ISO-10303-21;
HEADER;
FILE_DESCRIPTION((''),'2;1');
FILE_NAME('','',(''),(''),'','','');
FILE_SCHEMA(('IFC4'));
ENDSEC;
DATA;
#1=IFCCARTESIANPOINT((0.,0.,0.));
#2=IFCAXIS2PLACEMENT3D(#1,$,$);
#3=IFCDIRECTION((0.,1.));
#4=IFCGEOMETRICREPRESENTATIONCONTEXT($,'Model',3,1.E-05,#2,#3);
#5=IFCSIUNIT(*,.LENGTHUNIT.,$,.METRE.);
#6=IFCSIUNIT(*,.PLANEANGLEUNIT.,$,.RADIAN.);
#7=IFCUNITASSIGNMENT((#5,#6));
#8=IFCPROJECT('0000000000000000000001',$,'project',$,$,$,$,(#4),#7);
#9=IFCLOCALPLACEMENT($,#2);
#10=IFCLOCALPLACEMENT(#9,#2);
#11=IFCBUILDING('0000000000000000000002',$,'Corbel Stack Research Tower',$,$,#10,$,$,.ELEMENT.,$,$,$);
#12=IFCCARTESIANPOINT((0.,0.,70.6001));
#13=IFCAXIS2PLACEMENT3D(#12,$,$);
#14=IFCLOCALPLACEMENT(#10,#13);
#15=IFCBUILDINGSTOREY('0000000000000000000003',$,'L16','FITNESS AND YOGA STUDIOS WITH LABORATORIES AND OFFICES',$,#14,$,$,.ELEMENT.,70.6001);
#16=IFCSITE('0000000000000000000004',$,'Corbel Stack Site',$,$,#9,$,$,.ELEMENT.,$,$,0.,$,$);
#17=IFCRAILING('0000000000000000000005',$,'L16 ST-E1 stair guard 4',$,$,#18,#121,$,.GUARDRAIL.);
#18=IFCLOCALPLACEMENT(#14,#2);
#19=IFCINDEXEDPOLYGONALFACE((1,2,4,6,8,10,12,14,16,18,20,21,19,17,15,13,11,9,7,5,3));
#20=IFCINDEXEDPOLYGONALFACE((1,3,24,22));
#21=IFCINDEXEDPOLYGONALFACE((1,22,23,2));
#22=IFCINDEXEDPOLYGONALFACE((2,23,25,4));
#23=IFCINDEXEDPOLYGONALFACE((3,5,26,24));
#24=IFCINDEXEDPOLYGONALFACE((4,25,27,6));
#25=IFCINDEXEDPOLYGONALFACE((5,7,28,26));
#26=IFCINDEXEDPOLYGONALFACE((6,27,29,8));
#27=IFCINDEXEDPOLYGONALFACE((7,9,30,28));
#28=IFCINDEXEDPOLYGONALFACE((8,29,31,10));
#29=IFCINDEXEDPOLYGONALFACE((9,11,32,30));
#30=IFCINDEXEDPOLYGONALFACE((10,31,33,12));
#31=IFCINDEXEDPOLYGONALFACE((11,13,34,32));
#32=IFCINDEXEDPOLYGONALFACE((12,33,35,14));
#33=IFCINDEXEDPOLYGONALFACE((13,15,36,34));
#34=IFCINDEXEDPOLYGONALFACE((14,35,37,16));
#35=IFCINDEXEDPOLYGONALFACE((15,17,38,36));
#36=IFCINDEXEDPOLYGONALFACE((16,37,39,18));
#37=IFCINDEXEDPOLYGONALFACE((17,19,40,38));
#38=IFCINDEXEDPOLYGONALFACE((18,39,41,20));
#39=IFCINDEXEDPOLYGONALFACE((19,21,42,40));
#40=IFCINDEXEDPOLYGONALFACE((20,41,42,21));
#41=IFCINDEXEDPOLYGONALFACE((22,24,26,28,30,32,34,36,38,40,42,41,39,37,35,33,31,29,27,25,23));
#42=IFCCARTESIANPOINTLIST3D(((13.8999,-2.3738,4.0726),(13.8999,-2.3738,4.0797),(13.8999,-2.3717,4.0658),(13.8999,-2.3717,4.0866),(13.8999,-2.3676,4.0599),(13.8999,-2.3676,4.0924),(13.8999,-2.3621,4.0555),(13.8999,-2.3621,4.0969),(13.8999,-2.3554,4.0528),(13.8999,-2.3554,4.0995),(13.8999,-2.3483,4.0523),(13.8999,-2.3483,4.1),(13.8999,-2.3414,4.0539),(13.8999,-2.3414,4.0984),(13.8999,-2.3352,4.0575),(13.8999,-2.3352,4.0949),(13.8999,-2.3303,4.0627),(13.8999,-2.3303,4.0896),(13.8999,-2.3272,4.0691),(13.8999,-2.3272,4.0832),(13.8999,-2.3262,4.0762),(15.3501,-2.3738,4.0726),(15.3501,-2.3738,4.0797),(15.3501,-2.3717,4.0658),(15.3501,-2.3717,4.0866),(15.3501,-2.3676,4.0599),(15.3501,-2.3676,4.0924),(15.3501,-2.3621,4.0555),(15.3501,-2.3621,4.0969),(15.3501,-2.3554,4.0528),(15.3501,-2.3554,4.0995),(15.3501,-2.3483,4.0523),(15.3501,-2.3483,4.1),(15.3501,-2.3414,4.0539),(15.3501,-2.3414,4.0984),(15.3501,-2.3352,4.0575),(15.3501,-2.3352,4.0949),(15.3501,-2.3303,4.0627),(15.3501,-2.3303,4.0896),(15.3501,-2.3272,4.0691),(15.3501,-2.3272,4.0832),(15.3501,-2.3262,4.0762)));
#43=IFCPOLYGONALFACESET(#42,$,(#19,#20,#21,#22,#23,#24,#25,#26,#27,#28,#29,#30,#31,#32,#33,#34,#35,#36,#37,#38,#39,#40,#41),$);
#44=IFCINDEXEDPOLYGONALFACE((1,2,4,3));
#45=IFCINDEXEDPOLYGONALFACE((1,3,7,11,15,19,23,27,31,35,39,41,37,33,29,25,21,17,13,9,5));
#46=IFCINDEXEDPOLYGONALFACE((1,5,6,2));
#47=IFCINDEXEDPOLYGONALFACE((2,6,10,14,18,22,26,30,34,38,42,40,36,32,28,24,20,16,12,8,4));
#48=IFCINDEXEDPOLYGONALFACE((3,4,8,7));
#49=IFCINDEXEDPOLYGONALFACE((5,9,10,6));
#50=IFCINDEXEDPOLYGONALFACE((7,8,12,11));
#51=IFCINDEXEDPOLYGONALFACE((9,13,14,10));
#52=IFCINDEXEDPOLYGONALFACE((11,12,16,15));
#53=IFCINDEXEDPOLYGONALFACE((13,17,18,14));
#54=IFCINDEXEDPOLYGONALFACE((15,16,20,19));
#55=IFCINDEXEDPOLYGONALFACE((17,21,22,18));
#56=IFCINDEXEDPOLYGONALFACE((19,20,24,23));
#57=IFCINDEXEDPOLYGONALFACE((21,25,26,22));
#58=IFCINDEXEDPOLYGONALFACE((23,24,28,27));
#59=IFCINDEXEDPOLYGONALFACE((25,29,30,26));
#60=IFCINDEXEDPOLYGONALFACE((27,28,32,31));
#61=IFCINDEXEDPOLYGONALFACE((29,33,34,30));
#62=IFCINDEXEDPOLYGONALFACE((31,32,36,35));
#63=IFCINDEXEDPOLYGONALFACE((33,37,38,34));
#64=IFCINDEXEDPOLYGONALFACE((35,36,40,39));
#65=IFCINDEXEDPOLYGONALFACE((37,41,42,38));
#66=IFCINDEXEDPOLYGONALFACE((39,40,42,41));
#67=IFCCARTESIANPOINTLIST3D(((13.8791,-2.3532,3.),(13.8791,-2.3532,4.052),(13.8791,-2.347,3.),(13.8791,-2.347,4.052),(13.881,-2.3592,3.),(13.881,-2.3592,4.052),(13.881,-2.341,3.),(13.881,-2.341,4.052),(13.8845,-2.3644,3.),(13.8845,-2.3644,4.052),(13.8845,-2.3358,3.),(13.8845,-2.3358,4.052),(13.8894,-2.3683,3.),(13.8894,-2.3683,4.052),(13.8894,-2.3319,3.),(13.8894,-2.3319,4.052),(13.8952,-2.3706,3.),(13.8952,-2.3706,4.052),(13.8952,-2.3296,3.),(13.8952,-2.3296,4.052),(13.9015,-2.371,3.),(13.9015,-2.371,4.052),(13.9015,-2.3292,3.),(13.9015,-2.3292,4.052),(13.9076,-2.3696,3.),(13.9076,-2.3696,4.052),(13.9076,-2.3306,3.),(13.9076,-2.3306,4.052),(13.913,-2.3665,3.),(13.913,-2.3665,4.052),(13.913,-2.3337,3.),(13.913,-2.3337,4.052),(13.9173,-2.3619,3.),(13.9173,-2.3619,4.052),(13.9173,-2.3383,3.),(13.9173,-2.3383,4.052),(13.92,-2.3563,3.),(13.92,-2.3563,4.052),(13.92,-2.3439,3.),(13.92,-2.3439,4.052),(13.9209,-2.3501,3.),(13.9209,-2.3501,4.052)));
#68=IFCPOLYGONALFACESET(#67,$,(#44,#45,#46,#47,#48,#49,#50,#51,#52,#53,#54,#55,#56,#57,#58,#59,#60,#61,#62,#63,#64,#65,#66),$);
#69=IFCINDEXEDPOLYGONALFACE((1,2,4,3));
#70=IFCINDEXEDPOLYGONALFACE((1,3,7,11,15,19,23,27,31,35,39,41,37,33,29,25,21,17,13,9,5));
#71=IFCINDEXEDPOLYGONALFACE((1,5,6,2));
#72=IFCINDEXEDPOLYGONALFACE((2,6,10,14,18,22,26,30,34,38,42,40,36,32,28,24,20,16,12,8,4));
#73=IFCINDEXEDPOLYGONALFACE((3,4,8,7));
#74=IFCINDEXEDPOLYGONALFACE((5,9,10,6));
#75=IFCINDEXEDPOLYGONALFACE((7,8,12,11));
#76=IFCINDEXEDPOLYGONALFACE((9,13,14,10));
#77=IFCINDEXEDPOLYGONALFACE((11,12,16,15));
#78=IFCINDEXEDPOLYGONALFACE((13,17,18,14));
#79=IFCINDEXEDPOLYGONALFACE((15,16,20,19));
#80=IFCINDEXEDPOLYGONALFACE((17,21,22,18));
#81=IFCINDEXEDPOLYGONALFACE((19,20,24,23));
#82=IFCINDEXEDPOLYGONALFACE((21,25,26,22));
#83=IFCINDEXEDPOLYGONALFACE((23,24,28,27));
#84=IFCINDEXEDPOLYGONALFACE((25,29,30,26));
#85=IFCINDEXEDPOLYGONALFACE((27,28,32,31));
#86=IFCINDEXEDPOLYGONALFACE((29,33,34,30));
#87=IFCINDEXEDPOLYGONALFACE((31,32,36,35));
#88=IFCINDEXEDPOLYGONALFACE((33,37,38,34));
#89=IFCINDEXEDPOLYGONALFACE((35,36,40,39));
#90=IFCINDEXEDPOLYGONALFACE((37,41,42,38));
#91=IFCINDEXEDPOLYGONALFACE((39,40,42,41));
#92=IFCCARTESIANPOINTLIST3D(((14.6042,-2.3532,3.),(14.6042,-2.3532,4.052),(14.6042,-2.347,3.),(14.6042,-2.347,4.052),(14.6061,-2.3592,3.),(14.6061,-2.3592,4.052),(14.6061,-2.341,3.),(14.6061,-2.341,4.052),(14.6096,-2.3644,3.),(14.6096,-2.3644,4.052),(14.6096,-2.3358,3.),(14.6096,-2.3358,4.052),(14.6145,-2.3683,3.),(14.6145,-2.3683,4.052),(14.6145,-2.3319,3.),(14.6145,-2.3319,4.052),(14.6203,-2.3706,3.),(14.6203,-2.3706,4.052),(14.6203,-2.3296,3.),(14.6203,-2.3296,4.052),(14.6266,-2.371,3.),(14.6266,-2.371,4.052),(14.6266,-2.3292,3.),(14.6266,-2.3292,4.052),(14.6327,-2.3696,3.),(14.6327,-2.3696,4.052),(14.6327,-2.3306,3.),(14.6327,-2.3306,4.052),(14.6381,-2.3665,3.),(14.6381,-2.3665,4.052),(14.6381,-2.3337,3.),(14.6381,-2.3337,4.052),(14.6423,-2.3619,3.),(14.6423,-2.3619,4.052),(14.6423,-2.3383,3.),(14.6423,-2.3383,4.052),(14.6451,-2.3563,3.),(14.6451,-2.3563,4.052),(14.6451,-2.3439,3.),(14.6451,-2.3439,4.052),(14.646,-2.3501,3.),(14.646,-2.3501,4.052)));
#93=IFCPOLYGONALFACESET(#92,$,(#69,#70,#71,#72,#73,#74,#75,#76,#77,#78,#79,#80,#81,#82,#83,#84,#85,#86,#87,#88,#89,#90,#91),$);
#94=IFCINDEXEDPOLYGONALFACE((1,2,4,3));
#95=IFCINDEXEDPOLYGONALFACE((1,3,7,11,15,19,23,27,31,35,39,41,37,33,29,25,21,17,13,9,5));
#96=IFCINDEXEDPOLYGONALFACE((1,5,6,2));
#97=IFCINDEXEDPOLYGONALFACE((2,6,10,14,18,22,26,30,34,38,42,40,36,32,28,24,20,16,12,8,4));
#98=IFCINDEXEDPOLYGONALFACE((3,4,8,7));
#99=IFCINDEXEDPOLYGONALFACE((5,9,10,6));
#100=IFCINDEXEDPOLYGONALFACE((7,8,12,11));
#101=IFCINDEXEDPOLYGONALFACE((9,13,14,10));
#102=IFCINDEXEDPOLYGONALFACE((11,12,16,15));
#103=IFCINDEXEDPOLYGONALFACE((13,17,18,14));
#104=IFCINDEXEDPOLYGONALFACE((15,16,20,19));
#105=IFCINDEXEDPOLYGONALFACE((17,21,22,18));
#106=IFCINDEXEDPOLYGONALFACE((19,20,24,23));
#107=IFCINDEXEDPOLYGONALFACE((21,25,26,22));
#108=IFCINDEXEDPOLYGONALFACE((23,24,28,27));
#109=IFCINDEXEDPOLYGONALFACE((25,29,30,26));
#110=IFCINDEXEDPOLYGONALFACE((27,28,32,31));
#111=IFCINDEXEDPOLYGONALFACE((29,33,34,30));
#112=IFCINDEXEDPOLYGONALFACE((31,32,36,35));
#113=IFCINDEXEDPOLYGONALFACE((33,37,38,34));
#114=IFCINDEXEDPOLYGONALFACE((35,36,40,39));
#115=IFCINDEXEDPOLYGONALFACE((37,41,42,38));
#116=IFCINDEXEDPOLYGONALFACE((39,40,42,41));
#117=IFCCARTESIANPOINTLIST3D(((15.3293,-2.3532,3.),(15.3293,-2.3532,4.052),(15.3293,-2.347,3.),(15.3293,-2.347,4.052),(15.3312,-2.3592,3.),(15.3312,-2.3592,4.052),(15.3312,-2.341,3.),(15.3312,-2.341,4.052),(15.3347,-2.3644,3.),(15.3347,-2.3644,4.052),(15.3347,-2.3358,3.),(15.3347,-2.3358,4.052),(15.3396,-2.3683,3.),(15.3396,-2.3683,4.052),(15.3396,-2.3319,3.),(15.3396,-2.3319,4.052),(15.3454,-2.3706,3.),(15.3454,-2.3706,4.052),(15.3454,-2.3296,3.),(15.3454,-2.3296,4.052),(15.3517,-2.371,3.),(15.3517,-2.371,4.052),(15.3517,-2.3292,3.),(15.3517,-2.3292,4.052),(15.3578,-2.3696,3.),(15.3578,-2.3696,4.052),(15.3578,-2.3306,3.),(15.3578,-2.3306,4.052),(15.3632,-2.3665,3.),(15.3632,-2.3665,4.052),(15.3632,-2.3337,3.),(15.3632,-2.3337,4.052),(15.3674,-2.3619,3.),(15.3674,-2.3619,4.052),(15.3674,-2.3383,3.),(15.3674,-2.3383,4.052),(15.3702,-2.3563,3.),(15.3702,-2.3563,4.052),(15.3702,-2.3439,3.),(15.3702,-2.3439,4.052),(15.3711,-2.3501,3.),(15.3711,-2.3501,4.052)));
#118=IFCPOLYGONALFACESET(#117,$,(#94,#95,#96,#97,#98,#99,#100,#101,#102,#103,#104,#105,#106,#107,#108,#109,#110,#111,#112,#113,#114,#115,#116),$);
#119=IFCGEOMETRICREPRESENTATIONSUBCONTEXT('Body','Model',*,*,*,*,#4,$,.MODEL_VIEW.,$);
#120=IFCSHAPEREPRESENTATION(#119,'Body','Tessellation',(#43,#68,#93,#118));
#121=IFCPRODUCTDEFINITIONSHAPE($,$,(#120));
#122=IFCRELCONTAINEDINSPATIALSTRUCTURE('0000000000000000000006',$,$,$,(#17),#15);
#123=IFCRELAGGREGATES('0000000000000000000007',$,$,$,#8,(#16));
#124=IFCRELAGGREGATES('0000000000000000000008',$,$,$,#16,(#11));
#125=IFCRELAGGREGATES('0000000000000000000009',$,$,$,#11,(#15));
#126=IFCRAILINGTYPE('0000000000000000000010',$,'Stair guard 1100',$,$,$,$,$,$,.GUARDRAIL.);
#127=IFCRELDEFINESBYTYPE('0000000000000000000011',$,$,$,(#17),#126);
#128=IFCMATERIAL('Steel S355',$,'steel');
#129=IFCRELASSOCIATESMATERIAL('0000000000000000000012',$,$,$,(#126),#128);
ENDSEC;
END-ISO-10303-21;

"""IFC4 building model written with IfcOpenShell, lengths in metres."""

from ifc_helpers import new_model, si_unit, direction, frame, origin, origin_2d, place, context, subcontext, project, spatial, circle, extrude, material, type_object, element, save


model = new_model("IFC4")

# Units and contexts
model_context = context("Model", 3, precision=1e-05, world=origin(), true_north=direction((0.0, 1.0)))
body_context = subcontext(model_context, "Body", "Model", "MODEL_VIEW")
ifc_project = project(units=[si_unit("LENGTHUNIT", "METRE"), si_unit("PLANEANGLEUNIT", "RADIAN")], contexts=[model_context])

# Site, building, storey
site_placement = place(None, origin())
site = spatial("IfcSite", under=ifc_project, at=site_placement, Name="Corbel Stack Site", CompositionType="ELEMENT", RefElevation=0.0)
building_placement = place(site_placement, origin())
building = spatial("IfcBuilding", under=site, at=building_placement, Name="Corbel Stack Research Tower", CompositionType="ELEMENT")
storey_placement = place(building_placement, frame((0.0, 0.0, 70.6001)))
storey = spatial("IfcBuildingStorey", under=building, at=storey_placement, Name="L16", Description="FITNESS AND YOGA STUDIOS WITH LABORATORIES AND OFFICES", CompositionType="ELEMENT", Elevation=70.6001)

# Railing
ifc_material_1 = material(Name="Steel S355", Category="steel")
railing_type_1 = type_object("IfcRailingType", Name="Stair guard 1100", PredefinedType="GUARDRAIL", material=ifc_material_1)
railing_1_placement = place(storey_placement, frame((13.8999, -2.3501, 3.0)))
element("IfcRailing", 1, at=railing_1_placement, inside=storey, type_object=railing_type_1, Name="L16 ST-E1 stair guard 4", PredefinedType="GUARDRAIL", context=body_context, shape_type="SweptSolid", body=[
    extrude(circle(Radius=0.0239, at=origin_2d()), frame((0.0, 0.0, 1.0762), z_axis=(1.0, 0.0, 0.0), x_axis=(0.0, 1.0, 0.0)), (0.0, 0.0, 1.0), 1.4502),
    extrude(circle(Radius=0.021, at=origin_2d()), origin(), (0.0, 0.0, 1.0), 1.052),
    extrude(circle(Radius=0.021, at=origin_2d()), frame((0.7251, 0.0, 0.0)), (0.0, 0.0, 1.0), 1.052),
    extrude(circle(Radius=0.021, at=origin_2d()), frame((1.4502, 0.0, 0.0)), (0.0, 0.0, 1.0), 1.052),
])

save(model, "model.ifc")
